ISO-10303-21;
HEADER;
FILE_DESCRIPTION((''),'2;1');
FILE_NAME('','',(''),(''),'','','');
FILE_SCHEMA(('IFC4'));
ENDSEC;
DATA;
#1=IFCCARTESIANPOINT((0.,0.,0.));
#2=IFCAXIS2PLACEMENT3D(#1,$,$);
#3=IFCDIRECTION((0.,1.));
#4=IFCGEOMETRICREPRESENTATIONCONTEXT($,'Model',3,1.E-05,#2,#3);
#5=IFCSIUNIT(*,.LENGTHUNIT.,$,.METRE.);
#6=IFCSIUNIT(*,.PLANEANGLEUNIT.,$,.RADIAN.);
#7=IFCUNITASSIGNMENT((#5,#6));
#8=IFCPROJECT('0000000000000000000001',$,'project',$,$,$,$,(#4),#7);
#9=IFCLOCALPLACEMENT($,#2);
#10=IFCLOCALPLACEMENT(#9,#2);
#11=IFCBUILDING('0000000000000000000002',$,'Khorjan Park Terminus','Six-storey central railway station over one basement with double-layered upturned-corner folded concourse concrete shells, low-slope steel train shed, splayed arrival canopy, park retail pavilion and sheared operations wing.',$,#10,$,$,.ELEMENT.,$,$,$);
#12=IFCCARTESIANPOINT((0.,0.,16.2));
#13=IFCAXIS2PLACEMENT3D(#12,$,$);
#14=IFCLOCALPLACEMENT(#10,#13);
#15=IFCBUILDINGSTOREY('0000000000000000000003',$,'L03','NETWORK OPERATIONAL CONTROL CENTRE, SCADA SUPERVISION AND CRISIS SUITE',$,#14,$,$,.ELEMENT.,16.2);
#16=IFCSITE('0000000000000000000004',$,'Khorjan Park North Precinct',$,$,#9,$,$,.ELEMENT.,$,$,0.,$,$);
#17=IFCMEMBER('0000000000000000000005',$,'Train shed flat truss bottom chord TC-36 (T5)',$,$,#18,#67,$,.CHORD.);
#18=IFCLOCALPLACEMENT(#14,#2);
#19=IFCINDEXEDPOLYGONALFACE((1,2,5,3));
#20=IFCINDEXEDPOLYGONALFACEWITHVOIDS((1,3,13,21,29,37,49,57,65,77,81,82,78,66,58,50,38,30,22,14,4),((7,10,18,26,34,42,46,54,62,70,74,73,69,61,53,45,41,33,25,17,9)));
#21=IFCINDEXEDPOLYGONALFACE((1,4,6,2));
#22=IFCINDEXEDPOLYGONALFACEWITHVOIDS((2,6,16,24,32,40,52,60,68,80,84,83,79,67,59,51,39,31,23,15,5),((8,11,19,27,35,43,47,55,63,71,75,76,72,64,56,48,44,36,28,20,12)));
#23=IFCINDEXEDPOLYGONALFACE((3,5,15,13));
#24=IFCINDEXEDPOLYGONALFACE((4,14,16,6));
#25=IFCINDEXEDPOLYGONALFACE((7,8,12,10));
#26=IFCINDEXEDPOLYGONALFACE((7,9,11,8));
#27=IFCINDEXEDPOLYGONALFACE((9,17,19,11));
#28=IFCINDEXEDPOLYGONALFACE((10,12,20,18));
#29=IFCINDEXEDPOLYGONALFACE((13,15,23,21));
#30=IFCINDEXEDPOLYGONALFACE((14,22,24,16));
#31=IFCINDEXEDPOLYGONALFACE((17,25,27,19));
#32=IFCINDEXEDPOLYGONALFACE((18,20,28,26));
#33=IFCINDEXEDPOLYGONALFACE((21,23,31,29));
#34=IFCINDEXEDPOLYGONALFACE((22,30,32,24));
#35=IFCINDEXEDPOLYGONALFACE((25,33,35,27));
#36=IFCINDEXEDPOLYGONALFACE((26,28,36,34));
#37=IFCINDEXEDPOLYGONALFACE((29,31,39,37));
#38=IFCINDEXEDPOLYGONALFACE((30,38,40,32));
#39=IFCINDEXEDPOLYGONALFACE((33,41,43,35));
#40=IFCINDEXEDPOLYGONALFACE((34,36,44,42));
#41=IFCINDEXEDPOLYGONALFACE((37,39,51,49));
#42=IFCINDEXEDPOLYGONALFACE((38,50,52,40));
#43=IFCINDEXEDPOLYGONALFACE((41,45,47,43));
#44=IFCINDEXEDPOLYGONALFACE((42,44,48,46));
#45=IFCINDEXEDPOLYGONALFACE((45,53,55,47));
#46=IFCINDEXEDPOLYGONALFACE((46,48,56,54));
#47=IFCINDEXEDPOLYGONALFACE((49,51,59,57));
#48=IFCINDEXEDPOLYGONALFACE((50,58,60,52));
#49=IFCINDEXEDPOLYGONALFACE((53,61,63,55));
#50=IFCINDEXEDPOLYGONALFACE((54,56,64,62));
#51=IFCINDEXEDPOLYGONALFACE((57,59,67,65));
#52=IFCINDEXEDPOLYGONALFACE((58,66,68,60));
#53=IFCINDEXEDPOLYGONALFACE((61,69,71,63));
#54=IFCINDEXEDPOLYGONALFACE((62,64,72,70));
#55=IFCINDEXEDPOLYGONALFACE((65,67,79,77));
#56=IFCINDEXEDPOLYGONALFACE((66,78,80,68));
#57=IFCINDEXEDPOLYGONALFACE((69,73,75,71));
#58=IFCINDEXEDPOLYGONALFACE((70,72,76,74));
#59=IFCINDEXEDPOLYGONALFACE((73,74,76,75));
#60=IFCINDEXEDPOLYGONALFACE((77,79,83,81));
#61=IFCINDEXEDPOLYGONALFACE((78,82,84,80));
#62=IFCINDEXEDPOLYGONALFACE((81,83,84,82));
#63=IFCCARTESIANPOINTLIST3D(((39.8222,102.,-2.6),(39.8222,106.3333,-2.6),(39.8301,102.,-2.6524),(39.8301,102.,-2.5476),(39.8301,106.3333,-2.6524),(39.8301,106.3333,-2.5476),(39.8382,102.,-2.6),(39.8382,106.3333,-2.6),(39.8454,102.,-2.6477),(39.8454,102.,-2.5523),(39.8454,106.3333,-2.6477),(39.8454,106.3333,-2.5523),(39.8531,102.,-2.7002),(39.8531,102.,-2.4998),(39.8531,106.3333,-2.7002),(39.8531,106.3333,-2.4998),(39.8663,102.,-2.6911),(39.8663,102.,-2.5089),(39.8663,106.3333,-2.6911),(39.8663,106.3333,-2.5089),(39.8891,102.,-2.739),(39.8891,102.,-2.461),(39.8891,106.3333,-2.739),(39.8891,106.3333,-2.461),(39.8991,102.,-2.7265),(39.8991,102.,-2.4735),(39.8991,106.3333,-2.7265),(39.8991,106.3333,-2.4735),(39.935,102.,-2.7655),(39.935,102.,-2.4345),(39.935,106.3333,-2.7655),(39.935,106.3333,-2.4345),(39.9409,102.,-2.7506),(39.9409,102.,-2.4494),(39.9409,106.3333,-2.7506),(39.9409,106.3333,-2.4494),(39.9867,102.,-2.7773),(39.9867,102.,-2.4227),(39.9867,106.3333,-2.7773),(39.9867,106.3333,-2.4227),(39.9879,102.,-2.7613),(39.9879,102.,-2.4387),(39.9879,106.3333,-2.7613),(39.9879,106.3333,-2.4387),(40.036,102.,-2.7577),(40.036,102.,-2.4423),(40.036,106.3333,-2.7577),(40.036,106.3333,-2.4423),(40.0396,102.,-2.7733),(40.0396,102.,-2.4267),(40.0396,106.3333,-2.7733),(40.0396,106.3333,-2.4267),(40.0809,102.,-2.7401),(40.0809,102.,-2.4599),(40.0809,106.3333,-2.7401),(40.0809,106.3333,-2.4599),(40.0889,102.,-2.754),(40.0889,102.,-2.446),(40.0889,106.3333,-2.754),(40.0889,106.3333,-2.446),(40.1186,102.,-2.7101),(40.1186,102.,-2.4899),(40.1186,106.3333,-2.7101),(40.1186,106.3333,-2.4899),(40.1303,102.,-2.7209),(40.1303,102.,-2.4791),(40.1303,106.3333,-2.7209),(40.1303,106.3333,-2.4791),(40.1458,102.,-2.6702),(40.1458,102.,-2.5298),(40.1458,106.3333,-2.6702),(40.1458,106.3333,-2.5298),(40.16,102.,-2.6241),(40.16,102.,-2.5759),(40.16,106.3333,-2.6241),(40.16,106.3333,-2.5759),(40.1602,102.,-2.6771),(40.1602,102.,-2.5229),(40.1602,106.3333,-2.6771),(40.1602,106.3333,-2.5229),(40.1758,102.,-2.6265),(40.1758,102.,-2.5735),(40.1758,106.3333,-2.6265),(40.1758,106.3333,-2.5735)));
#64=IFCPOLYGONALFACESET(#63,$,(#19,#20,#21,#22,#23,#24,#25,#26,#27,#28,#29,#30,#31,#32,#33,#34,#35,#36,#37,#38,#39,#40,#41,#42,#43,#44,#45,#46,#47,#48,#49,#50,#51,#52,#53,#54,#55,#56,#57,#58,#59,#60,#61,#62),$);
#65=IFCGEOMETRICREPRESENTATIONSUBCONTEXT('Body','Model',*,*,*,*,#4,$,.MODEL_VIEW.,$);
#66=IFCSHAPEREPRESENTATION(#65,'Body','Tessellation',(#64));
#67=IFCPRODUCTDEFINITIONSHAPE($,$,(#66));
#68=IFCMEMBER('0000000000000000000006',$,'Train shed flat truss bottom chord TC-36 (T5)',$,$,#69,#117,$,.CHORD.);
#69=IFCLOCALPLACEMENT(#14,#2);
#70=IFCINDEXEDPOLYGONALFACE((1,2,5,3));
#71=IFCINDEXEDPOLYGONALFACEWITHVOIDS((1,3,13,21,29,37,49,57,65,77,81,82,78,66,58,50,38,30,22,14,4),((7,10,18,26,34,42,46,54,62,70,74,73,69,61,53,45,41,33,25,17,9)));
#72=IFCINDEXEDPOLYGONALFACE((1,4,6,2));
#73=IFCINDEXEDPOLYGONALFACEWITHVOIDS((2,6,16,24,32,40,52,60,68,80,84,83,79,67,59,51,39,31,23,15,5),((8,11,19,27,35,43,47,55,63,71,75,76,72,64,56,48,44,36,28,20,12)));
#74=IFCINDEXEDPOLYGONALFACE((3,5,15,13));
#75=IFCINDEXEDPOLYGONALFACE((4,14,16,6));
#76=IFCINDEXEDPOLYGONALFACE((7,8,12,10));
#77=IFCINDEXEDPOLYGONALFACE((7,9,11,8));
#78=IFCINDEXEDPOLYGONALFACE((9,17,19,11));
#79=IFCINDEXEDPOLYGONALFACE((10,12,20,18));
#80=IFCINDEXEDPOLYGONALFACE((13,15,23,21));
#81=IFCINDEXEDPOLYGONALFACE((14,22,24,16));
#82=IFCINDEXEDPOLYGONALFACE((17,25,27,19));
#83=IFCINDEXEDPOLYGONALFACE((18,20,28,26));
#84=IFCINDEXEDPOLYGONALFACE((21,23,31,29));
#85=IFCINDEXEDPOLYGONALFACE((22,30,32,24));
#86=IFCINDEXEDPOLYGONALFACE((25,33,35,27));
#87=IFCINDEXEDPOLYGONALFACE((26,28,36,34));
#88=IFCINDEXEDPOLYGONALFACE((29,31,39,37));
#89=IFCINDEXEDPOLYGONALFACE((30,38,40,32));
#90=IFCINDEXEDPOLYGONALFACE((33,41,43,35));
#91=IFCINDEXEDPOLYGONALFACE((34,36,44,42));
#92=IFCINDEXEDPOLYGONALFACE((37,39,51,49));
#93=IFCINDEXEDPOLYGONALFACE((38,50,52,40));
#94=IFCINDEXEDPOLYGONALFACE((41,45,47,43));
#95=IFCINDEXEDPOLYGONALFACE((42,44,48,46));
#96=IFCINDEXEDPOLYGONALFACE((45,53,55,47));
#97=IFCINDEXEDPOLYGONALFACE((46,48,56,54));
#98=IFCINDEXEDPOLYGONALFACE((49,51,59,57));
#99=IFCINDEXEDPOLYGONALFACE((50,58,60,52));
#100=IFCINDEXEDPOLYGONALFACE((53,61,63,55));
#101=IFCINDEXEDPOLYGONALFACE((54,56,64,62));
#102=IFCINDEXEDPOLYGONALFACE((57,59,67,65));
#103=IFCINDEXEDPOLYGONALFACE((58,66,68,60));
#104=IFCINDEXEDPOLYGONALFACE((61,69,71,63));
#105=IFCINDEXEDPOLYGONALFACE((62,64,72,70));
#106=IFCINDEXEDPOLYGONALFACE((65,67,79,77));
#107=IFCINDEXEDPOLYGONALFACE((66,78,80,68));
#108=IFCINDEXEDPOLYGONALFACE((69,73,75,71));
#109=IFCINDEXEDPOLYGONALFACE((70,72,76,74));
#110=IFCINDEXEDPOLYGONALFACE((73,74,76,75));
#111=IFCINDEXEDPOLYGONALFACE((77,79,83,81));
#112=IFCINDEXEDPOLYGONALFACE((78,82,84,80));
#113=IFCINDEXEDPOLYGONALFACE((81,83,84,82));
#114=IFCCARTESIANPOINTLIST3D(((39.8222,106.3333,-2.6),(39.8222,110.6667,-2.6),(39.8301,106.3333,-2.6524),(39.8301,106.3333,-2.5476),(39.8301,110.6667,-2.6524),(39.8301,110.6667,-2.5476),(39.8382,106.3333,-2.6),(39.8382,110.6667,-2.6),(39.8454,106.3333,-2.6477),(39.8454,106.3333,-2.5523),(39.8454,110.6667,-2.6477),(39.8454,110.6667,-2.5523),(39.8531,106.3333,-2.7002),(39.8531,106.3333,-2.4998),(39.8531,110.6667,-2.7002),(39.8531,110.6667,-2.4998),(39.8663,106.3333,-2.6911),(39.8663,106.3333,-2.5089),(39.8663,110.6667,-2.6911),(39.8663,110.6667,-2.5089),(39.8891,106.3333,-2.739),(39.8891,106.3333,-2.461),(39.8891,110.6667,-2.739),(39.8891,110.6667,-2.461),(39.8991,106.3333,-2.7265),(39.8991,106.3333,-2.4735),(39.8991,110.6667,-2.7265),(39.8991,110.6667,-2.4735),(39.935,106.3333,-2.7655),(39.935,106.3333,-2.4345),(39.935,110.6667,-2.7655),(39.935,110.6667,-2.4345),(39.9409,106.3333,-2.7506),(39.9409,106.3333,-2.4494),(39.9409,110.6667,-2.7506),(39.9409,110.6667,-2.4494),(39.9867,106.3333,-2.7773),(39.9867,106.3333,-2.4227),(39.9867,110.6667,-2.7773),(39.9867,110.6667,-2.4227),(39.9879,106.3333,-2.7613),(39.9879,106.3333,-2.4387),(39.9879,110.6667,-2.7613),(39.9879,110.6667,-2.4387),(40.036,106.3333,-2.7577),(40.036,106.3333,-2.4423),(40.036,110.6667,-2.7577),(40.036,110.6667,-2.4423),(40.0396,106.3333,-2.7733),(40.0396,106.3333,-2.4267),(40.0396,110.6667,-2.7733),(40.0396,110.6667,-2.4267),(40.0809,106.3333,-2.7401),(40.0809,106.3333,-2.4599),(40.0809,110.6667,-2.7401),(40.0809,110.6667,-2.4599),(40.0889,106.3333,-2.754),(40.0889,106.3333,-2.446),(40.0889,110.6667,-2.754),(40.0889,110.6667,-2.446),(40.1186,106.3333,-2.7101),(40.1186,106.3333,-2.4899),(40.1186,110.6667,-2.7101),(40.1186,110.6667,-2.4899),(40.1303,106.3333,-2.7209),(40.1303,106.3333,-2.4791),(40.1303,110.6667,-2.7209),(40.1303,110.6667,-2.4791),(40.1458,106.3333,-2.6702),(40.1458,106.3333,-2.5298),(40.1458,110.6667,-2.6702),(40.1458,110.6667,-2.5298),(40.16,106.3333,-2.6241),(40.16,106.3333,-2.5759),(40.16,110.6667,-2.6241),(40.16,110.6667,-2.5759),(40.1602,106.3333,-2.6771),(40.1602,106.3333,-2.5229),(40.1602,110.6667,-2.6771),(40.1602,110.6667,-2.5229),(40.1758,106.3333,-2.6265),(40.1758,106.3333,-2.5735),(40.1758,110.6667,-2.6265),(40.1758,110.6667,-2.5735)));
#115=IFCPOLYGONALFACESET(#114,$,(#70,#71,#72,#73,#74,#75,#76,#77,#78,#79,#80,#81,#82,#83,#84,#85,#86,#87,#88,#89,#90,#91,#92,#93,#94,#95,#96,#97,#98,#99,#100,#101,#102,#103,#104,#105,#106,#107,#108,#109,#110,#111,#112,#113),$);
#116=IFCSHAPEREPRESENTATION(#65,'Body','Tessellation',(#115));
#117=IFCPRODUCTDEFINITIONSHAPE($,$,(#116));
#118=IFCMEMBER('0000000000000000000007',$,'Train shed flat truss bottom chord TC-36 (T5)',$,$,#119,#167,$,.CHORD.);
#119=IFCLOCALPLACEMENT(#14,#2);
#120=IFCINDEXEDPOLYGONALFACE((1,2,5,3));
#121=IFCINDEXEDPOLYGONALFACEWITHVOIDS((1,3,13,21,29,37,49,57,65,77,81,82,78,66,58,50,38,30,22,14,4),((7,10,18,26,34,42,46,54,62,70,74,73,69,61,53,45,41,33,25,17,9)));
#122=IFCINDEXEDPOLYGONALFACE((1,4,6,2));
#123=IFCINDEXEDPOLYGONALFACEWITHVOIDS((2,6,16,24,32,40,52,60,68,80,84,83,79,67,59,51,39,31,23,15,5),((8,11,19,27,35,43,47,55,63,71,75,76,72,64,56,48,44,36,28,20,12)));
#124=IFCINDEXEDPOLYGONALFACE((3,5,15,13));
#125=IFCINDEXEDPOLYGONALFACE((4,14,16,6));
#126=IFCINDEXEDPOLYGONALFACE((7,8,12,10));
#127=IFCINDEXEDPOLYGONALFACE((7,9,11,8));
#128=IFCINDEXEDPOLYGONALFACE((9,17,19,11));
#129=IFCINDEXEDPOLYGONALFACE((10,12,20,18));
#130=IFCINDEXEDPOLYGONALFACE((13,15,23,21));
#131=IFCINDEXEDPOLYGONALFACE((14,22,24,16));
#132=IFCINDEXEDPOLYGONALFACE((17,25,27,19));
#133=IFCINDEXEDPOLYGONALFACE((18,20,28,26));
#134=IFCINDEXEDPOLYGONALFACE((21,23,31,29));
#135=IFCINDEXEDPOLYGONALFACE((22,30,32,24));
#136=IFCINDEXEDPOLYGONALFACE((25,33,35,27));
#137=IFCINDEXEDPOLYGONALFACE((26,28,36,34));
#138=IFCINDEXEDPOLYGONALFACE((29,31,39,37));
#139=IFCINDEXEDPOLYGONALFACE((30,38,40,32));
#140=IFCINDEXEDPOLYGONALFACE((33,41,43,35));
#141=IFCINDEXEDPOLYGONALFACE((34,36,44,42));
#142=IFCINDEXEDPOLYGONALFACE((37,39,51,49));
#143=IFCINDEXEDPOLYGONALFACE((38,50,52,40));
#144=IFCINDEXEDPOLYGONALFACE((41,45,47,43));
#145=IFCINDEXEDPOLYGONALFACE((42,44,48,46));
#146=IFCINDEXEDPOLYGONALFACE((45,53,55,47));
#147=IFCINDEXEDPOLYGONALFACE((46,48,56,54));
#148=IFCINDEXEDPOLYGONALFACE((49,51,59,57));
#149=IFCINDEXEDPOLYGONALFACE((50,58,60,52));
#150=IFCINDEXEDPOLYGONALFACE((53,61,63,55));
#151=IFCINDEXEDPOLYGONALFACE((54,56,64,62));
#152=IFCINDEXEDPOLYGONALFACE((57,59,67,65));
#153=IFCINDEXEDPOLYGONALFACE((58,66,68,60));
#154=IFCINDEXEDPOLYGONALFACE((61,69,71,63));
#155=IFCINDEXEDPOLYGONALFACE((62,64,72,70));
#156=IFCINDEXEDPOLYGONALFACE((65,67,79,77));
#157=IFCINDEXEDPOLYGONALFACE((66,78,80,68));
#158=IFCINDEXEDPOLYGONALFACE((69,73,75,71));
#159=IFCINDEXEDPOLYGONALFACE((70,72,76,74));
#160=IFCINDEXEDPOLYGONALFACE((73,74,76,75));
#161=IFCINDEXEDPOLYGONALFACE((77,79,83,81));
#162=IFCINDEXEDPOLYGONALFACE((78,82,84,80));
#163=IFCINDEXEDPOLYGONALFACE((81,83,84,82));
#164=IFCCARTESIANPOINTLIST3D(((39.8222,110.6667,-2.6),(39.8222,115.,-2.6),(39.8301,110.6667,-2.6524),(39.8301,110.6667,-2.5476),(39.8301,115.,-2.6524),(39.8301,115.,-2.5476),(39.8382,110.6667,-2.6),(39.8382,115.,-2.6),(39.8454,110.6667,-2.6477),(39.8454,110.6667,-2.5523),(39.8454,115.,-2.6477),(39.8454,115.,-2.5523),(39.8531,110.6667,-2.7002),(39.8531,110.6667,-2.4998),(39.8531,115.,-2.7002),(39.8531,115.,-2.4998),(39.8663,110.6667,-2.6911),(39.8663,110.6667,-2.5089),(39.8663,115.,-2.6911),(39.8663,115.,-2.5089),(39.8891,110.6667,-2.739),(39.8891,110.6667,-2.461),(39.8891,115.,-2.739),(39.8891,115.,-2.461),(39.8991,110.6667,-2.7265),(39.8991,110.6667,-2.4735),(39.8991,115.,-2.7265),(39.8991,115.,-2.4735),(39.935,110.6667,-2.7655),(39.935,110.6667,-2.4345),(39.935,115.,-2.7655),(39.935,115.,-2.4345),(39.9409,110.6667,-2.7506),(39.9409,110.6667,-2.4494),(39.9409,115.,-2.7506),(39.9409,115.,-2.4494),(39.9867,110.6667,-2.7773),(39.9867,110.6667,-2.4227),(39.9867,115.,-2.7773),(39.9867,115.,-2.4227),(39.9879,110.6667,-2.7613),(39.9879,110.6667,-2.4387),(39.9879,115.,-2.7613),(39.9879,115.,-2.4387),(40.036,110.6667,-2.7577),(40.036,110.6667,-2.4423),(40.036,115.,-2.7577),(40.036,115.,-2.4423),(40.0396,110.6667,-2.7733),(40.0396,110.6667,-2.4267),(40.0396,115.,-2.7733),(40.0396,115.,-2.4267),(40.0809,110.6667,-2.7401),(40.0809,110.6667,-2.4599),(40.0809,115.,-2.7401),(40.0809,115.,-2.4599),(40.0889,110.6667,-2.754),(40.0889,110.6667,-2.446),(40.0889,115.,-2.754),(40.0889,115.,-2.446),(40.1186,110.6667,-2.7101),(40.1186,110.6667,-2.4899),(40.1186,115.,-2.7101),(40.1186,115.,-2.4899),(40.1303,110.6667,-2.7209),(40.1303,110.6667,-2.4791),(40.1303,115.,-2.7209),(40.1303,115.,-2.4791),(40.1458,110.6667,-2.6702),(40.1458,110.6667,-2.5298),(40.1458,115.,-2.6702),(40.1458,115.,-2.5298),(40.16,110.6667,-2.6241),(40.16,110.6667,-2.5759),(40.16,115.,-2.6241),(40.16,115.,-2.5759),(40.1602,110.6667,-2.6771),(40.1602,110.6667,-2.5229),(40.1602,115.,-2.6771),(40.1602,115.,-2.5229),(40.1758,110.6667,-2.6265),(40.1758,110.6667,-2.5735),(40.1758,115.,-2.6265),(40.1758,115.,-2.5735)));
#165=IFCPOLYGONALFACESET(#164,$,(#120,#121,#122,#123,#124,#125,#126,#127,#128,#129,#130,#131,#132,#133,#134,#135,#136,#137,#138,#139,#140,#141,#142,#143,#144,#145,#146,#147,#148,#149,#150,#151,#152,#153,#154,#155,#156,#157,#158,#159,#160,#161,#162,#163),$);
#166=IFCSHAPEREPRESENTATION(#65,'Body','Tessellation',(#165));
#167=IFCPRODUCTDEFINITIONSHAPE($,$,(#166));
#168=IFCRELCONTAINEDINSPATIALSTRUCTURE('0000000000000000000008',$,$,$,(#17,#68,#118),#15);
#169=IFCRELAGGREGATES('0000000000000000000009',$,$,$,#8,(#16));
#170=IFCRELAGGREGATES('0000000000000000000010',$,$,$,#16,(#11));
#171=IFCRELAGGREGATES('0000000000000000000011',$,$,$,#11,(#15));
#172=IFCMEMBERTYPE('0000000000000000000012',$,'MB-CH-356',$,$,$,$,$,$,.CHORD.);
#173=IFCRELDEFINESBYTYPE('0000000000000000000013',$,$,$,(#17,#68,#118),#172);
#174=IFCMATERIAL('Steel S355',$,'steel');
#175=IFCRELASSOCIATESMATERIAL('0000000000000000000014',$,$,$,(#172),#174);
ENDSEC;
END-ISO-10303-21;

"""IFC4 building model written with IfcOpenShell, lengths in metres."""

from ifc_helpers import new_model, si_unit, direction, frame, origin, origin_2d, place, context, subcontext, project, spatial, hollow_circle, extrude, material, material_profile, profile_set, type_object, element, save


model = new_model("IFC4")

# Units and contexts
model_context = context("Model", 3, precision=1e-05, world=origin(), true_north=direction((0.0, 1.0)))
body_context = subcontext(model_context, "Body", "Model", "MODEL_VIEW")
ifc_project = project(units=[si_unit("LENGTHUNIT", "METRE"), si_unit("PLANEANGLEUNIT", "RADIAN")], contexts=[model_context])

# Site, building, storey
site_placement = place(None, origin())
site = spatial("IfcSite", under=ifc_project, at=site_placement, Name="Khorjan Park North Precinct", CompositionType="ELEMENT", RefElevation=0.0)
building_placement = place(site_placement, origin())
building = spatial("IfcBuilding", under=site, at=building_placement, Name="Khorjan Park Terminus", Description="Six-storey central railway station over one basement with double-layered upturned-corner folded concourse concrete shells, low-slope steel train shed, splayed arrival canopy, park retail pavilion and sheared operations wing.", CompositionType="ELEMENT")
storey_placement = place(building_placement, frame((0.0, 0.0, 16.2)))
storey = spatial("IfcBuildingStorey", under=building, at=storey_placement, Name="L03", Description="NETWORK OPERATIONAL CONTROL CENTRE, SCADA SUPERVISION AND CRISIS SUITE", CompositionType="ELEMENT", Elevation=16.2)

# Members
ifc_material_1 = material(Name="Steel S355", Category="steel")
ifc_material_profile_1 = material_profile(ifc_material_1, hollow_circle(Radius=0.1778, WallThickness=0.016, at=origin_2d()), Name="CHS 355.6x16")
ifc_profile_set_1 = profile_set([ifc_material_profile_1], Name="Steel S355")
member_type_1 = type_object("IfcMemberType", Name="MB-CH-356", PredefinedType="CHORD", material=ifc_profile_set_1)
member_1_placement = place(storey_placement, frame((40.0, 102.0, -2.6), z_axis=(0.0, 1.0, 0.0), x_axis=(-1.0, 0.0, 0.0)))
element("IfcMember", 1, at=member_1_placement, inside=storey, type_object=member_type_1, Name="Train shed flat truss bottom chord TC-36 (T5)", PredefinedType="CHORD", context=body_context, shape_type="SweptSolid", body=[
    extrude(hollow_circle(Radius=0.1778, WallThickness=0.016, at=origin_2d()), origin(), (0.0, 0.0, 1.0), 4.3333),
])
member_2_placement = place(storey_placement, frame((40.0, 106.3333, -2.6), z_axis=(0.0, 1.0, 0.0), x_axis=(-1.0, 0.0, 0.0)))
element("IfcMember", 2, at=member_2_placement, inside=storey, type_object=member_type_1, Name="Train shed flat truss bottom chord TC-36 (T5)", PredefinedType="CHORD", context=body_context, shape_type="SweptSolid", body=[
    extrude(hollow_circle(Radius=0.1778, WallThickness=0.016, at=origin_2d()), origin(), (0.0, 0.0, 1.0), 4.3334),
])
member_3_placement = place(storey_placement, frame((40.0, 110.6667, -2.6), z_axis=(0.0, 1.0, 0.0), x_axis=(-1.0, 0.0, 0.0)))
element("IfcMember", 3, at=member_3_placement, inside=storey, type_object=member_type_1, Name="Train shed flat truss bottom chord TC-36 (T5)", PredefinedType="CHORD", context=body_context, shape_type="SweptSolid", body=[
    extrude(hollow_circle(Radius=0.1778, WallThickness=0.016, at=origin_2d()), origin(), (0.0, 0.0, 1.0), 4.3333),
])

save(model, "model.ifc")
